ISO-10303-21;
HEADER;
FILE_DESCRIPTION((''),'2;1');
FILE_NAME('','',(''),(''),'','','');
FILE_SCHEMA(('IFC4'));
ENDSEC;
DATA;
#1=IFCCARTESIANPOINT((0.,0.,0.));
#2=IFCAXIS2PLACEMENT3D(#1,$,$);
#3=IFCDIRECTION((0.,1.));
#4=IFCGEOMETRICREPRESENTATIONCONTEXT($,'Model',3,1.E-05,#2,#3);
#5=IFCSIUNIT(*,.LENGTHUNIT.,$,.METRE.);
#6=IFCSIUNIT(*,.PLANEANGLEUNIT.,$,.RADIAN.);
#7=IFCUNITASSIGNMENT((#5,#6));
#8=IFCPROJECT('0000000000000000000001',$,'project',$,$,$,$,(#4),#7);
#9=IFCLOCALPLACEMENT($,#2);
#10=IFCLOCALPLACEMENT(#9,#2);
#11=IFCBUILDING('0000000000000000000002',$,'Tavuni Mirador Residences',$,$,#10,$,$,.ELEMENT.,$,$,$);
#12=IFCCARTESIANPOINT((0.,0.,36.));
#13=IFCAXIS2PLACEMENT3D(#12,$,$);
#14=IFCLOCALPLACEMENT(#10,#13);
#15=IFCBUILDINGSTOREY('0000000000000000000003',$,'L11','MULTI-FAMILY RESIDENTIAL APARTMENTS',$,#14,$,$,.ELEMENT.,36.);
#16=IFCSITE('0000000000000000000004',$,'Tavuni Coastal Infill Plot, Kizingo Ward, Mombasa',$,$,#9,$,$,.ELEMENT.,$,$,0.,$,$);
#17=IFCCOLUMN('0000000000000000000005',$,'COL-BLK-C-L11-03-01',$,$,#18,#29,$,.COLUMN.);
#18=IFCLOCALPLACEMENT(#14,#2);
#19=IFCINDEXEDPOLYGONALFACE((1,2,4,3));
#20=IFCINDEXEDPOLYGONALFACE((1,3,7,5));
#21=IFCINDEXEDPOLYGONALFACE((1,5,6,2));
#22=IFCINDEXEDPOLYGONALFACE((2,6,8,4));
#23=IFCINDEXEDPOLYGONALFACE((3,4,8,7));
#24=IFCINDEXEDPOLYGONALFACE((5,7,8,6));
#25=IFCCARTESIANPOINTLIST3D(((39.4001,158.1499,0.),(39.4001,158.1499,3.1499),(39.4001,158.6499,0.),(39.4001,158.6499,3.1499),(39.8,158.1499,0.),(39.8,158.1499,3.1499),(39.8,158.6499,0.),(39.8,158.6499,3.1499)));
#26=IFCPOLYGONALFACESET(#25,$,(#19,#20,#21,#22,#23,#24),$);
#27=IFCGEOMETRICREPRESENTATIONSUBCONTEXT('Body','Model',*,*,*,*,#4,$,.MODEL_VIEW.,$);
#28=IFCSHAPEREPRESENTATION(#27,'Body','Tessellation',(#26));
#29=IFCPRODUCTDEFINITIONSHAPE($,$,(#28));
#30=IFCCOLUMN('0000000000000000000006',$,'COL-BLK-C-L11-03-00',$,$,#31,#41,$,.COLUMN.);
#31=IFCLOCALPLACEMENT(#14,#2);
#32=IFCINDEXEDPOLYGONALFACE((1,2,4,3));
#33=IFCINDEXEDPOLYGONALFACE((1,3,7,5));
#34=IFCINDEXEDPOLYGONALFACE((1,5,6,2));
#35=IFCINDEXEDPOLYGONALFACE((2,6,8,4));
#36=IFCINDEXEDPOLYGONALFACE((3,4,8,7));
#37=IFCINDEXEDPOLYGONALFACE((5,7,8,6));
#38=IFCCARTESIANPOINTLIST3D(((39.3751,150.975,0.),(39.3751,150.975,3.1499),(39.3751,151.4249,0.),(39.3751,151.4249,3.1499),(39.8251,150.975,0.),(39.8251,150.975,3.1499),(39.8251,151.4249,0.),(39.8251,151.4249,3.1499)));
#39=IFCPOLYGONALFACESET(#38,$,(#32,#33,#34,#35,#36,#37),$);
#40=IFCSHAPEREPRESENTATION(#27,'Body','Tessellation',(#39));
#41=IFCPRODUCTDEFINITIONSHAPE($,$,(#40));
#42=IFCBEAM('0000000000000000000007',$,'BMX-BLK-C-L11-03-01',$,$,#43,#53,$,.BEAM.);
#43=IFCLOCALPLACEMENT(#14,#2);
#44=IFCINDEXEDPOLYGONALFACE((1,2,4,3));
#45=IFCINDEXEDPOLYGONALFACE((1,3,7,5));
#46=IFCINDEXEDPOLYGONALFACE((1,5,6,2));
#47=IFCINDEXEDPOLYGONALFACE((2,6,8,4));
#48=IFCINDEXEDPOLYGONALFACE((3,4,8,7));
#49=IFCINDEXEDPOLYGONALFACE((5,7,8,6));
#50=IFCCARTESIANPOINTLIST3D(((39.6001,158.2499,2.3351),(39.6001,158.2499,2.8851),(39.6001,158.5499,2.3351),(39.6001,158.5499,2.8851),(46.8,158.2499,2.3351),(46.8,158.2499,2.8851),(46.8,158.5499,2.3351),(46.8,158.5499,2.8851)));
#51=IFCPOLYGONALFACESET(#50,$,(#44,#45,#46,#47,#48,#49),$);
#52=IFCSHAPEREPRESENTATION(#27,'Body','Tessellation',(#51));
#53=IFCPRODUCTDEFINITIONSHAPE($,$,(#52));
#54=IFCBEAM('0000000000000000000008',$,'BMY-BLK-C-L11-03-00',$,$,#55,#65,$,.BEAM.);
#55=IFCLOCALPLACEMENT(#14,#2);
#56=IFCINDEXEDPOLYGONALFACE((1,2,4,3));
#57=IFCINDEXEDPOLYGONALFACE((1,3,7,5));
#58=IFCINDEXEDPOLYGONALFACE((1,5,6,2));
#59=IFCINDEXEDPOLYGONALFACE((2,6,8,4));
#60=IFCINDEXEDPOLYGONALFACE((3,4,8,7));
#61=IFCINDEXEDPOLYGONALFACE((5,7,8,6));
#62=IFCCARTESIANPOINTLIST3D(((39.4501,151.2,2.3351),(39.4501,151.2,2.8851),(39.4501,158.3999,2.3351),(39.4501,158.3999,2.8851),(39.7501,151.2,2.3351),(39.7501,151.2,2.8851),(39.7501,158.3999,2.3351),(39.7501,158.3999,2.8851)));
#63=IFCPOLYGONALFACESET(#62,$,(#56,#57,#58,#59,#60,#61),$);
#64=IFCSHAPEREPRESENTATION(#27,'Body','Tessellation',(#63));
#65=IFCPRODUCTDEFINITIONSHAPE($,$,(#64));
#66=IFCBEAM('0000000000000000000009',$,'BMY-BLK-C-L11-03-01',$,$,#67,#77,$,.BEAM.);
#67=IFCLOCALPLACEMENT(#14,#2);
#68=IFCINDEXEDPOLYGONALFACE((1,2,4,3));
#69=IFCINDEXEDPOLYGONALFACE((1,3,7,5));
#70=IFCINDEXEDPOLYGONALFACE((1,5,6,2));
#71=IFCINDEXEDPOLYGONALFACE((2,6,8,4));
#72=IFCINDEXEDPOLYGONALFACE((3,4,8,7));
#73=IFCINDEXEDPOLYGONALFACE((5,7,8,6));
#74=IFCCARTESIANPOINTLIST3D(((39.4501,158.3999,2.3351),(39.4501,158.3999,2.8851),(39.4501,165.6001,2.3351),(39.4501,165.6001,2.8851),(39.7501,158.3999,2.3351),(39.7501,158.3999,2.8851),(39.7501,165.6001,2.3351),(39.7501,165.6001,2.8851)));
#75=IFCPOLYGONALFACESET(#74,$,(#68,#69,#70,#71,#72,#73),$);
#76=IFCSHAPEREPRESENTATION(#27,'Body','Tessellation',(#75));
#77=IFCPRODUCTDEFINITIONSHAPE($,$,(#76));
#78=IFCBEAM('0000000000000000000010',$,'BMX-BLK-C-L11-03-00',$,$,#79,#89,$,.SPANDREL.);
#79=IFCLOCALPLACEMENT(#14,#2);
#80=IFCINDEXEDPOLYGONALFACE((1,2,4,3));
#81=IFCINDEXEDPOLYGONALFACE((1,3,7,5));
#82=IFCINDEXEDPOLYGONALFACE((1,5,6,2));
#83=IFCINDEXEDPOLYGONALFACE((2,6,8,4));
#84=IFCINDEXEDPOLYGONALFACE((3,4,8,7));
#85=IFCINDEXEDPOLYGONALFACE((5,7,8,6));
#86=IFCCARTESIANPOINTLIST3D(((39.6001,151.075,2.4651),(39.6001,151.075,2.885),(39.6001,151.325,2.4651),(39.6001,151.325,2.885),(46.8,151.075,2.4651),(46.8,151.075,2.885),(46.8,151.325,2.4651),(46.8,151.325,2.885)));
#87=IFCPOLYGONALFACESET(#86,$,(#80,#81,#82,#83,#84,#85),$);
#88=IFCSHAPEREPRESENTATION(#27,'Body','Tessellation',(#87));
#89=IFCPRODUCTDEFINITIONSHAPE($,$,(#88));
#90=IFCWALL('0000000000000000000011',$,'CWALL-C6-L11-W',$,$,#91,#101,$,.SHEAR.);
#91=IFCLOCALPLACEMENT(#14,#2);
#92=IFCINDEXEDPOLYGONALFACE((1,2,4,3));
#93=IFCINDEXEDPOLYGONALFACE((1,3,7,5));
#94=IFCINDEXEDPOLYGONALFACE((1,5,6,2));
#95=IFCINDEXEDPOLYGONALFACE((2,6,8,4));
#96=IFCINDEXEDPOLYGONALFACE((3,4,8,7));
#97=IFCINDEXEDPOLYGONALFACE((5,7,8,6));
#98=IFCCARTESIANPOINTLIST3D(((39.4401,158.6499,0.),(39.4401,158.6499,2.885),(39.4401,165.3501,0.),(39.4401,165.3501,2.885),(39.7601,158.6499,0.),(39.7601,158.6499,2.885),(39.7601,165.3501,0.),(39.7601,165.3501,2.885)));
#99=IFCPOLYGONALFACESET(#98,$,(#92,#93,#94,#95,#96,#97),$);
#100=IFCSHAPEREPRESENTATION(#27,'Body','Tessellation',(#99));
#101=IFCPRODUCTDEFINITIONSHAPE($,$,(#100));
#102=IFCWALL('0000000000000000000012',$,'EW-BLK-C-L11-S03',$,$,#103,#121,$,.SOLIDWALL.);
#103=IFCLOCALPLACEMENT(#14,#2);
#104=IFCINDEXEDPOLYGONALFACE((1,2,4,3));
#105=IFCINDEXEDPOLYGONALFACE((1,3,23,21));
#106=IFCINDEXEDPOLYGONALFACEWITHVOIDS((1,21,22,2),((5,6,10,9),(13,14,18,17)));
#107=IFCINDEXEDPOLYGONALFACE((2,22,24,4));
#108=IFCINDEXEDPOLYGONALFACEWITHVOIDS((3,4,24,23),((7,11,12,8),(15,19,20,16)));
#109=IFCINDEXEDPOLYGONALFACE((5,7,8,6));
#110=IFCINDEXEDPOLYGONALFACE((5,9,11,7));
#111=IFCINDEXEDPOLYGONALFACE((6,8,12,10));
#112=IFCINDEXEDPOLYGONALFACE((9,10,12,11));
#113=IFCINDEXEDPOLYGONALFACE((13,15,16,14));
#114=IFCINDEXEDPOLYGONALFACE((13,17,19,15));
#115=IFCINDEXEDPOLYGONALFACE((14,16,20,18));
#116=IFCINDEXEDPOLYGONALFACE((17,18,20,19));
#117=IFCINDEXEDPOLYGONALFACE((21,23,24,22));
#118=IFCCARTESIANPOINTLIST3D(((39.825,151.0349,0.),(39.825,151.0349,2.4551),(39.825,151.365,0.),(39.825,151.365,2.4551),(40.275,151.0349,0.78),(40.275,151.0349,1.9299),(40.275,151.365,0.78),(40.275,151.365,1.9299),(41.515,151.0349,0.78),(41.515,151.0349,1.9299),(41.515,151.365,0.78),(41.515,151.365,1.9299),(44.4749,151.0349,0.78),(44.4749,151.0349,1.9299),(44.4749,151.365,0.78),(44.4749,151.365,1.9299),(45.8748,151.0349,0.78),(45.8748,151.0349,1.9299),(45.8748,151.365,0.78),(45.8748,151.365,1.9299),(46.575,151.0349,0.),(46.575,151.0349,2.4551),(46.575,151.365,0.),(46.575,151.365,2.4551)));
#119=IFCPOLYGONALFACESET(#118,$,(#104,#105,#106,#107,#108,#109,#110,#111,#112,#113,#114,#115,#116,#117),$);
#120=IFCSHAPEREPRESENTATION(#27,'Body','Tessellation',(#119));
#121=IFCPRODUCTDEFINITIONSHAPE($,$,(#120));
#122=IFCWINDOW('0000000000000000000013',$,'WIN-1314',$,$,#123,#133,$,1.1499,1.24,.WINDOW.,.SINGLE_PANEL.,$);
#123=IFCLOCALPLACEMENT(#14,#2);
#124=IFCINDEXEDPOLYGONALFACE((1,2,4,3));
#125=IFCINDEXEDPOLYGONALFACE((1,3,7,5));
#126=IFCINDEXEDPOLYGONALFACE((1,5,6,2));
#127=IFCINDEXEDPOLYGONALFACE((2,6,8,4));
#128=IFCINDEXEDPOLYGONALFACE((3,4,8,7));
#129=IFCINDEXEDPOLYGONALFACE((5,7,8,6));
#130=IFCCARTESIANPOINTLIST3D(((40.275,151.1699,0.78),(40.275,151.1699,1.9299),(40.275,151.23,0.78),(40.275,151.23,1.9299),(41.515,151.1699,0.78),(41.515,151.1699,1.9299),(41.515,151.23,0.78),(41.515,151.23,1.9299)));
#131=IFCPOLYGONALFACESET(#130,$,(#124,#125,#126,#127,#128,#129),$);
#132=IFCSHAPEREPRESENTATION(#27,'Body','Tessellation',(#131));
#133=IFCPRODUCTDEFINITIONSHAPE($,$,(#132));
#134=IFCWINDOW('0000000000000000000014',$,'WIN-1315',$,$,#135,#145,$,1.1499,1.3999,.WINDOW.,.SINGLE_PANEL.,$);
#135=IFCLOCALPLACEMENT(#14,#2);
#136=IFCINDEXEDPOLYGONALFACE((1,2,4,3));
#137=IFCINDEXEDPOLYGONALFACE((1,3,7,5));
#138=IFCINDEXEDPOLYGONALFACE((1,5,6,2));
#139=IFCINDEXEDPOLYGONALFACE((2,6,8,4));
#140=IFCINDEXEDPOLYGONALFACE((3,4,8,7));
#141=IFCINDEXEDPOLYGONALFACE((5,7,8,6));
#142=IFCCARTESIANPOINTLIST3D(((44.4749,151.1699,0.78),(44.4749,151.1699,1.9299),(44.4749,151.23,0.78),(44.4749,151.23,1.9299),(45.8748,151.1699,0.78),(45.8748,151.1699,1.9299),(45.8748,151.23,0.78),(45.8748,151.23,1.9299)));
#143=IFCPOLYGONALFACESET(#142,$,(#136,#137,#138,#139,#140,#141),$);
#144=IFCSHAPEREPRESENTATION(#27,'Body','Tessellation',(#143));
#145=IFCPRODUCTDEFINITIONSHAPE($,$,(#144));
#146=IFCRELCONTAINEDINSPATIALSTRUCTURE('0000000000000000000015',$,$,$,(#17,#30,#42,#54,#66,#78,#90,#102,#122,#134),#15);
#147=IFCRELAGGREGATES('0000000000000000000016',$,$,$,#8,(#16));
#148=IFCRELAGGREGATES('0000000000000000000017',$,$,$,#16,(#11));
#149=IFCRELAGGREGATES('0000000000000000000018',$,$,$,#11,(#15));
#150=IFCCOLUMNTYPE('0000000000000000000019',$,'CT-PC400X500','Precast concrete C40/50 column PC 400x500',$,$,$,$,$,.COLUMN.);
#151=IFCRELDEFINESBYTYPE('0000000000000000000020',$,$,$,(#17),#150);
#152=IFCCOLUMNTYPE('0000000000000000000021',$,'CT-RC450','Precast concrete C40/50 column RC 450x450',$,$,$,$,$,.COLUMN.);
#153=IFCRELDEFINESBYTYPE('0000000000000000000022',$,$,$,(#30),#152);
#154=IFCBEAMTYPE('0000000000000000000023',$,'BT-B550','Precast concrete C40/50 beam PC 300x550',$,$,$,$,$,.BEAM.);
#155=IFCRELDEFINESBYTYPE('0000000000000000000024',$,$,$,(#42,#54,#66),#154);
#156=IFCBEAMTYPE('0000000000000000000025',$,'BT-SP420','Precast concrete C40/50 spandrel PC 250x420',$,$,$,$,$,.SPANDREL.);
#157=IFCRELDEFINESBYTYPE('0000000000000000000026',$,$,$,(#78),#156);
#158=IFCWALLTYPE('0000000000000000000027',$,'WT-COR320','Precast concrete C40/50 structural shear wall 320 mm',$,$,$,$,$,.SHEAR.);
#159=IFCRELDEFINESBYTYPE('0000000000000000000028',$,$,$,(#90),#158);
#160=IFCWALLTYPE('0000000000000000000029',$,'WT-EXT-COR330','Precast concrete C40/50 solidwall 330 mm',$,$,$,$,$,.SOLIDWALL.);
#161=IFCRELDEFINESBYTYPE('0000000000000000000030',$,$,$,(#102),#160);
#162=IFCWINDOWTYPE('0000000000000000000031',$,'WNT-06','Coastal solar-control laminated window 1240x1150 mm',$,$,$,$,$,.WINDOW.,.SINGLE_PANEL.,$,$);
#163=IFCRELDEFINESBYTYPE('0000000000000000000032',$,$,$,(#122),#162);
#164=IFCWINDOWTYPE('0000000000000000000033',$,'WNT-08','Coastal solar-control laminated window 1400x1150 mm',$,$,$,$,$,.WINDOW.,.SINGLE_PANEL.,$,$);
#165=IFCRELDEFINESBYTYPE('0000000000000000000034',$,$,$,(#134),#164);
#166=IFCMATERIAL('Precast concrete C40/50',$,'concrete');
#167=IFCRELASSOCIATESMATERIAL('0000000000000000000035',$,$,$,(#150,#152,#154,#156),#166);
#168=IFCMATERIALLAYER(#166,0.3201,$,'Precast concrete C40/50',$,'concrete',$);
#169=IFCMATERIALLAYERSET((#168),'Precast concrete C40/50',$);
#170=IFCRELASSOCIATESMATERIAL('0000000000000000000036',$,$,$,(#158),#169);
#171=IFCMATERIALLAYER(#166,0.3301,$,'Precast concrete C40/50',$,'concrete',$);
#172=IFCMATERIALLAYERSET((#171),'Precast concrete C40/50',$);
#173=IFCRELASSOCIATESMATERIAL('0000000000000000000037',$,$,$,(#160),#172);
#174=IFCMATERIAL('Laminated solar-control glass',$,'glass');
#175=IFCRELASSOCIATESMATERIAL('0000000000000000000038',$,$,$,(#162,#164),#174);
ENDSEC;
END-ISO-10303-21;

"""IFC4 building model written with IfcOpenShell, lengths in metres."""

from ifc_helpers import new_model, si_unit, direction, frame, frame_2d, origin, origin_2d, place, context, subcontext, project, spatial, rectangle, extrude, material, layer, layer_set, material_profile, profile_set, type_object, element, fill, save


model = new_model("IFC4")

# Units and contexts
model_context = context("Model", 3, precision=1e-05, world=origin(), true_north=direction((0.0, 1.0)))
body_context = subcontext(model_context, "Body", "Model", "MODEL_VIEW")
ifc_project = project(units=[si_unit("LENGTHUNIT", "METRE"), si_unit("PLANEANGLEUNIT", "RADIAN")], contexts=[model_context])

# Site, building, storey
site_placement = place(None, origin())
site = spatial("IfcSite", under=ifc_project, at=site_placement, Name="Tavuni Coastal Infill Plot, Kizingo Ward, Mombasa", CompositionType="ELEMENT", RefElevation=0.0)
building_placement = place(site_placement, origin())
building = spatial("IfcBuilding", under=site, at=building_placement, Name="Tavuni Mirador Residences", CompositionType="ELEMENT")
storey_placement = place(building_placement, frame((0.0, 0.0, 36.0)))
storey = spatial("IfcBuildingStorey", under=building, at=storey_placement, Name="L11", Description="MULTI-FAMILY RESIDENTIAL APARTMENTS", CompositionType="ELEMENT", Elevation=36.0)

# Columns
ifc_material_1 = material(Name="Precast concrete C40/50", Category="concrete")
ifc_material_profile_1 = material_profile(ifc_material_1, rectangle(XDim=0.3999, YDim=0.5, at=origin_2d()), Name="PC 400x500", Category="concrete")
ifc_profile_set_1 = profile_set([ifc_material_profile_1], Name="Precast concrete C40/50")
column_type_1 = type_object("IfcColumnType", Name="CT-PC400X500", Description="Precast concrete C40/50 column PC 400x500", PredefinedType="COLUMN", material=ifc_profile_set_1)
column_1_placement = place(storey_placement, frame((39.6001, 158.3999, 0.0), z_axis=(0.0, 0.0, 1.0), x_axis=(1.0, 0.0, 0.0)))
element("IfcColumn", 1, at=column_1_placement, inside=storey, type_object=column_type_1, Name="COL-BLK-C-L11-03-01", PredefinedType="COLUMN", context=body_context, shape_type="SweptSolid", body=[
    extrude(rectangle(XDim=0.3999, YDim=0.5, at=origin_2d()), origin(), (0.0, 0.0, 1.0), 3.1499),
])
ifc_material_profile_2 = material_profile(ifc_material_1, rectangle(XDim=0.45, YDim=0.45, at=origin_2d()), Name="RC 450x450", Category="concrete")
ifc_profile_set_2 = profile_set([ifc_material_profile_2], Name="Precast concrete C40/50")
column_type_2 = type_object("IfcColumnType", Name="CT-RC450", Description="Precast concrete C40/50 column RC 450x450", PredefinedType="COLUMN", material=ifc_profile_set_2)
column_2_placement = place(storey_placement, frame((39.6001, 151.2, 0.0), z_axis=(0.0, 0.0, 1.0), x_axis=(1.0, 0.0, 0.0)))
element("IfcColumn", 2, at=column_2_placement, inside=storey, type_object=column_type_2, Name="COL-BLK-C-L11-03-00", PredefinedType="COLUMN", context=body_context, shape_type="SweptSolid", body=[
    extrude(rectangle(XDim=0.45, YDim=0.45, at=origin_2d()), origin(), (0.0, 0.0, 1.0), 3.1499),
])

# Beams
ifc_material_profile_3 = material_profile(ifc_material_1, rectangle(XDim=0.3, YDim=0.55, at=origin_2d()), Name="PC 300x550", Category="concrete")
ifc_profile_set_3 = profile_set([ifc_material_profile_3], Name="Precast concrete C40/50")
beam_type_1 = type_object("IfcBeamType", Name="BT-B550", Description="Precast concrete C40/50 beam PC 300x550", PredefinedType="BEAM", material=ifc_profile_set_3)
for number, where, z_axis, x_axis, name in (
    (3, (39.6001, 158.3999, 2.6101), (1.0, 0.0, 0.0), (0.0, 1.0, 0.0), "BMX-BLK-C-L11-03-01"),
    (4, (39.6001, 151.2, 2.6101), (0.0, 1.0, 0.0), (-1.0, 0.0, 0.0), "BMY-BLK-C-L11-03-00"),
):
    element("IfcBeam", number, at=place(storey_placement, frame(where, z_axis=z_axis, x_axis=x_axis)), inside=storey, type_object=beam_type_1, Name=name, PredefinedType="BEAM", context=body_context, shape_type="SweptSolid", body=[
        extrude(rectangle(XDim=0.3, YDim=0.55, at=origin_2d()), origin(), (0.0, 0.0, 1.0), 7.2),
    ])
beam_1_placement = place(storey_placement, frame((39.6001, 158.3999, 2.6101), z_axis=(0.0, 1.0, 0.0), x_axis=(-1.0, 0.0, 0.0)))
element("IfcBeam", 5, at=beam_1_placement, inside=storey, type_object=beam_type_1, Name="BMY-BLK-C-L11-03-01", PredefinedType="BEAM", context=body_context, shape_type="SweptSolid", body=[
    extrude(rectangle(XDim=0.3, YDim=0.55, at=origin_2d()), origin(), (0.0, 0.0, 1.0), 7.2002),
])
ifc_material_profile_4 = material_profile(ifc_material_1, rectangle(XDim=0.25, YDim=0.4199, at=origin_2d()), Name="PC 250x420", Category="concrete")
ifc_profile_set_4 = profile_set([ifc_material_profile_4], Name="Precast concrete C40/50")
beam_type_2 = type_object("IfcBeamType", Name="BT-SP420", Description="Precast concrete C40/50 spandrel PC 250x420", PredefinedType="SPANDREL", material=ifc_profile_set_4)
beam_2_placement = place(storey_placement, frame((39.6001, 151.2, 2.675), z_axis=(1.0, 0.0, 0.0), x_axis=(0.0, 1.0, 0.0)))
element("IfcBeam", 6, at=beam_2_placement, inside=storey, type_object=beam_type_2, Name="BMX-BLK-C-L11-03-00", PredefinedType="SPANDREL", context=body_context, shape_type="SweptSolid", body=[
    extrude(rectangle(XDim=0.25, YDim=0.4199, at=origin_2d()), origin(), (0.0, 0.0, 1.0), 7.2),
])

# Wall
ifc_layer_1 = layer(ifc_material_1, 0.3201, Name="Precast concrete C40/50", Category="concrete")
ifc_layer_set_1 = layer_set([ifc_layer_1], Name="Precast concrete C40/50")
wall_type_1 = type_object("IfcWallType", Name="WT-COR320", Description="Precast concrete C40/50 structural shear wall 320 mm", PredefinedType="SHEAR", material=ifc_layer_set_1)
wall_1_placement = place(storey_placement, frame((39.6001, 158.6499, 0.0), z_axis=(0.0, 0.0, 1.0), x_axis=(0.0, 1.0, 0.0)))
element("IfcWall", 7, at=wall_1_placement, inside=storey, type_object=wall_type_1, Name="CWALL-C6-L11-W", PredefinedType="SHEAR", context=body_context, shape_type="SweptSolid", body=[
    extrude(rectangle(XDim=6.7002, YDim=0.3201, at=frame_2d((3.3501, 0.0))), origin(), (0.0, 0.0, 1.0), 2.885),
])

# Wall, openings, windows
ifc_layer_2 = layer(ifc_material_1, 0.3301, Name="Precast concrete C40/50", Category="concrete")
ifc_layer_set_2 = layer_set([ifc_layer_2], Name="Precast concrete C40/50")
wall_type_2 = type_object("IfcWallType", Name="WT-EXT-COR330", Description="Precast concrete C40/50 solidwall 330 mm", PredefinedType="SOLIDWALL", material=ifc_layer_set_2)
wall_2_placement = place(storey_placement, frame((39.825, 151.2, 0.0), z_axis=(0.0, 0.0, 1.0), x_axis=(1.0, 0.0, 0.0)))
wall_2 = element("IfcWall", 8, at=wall_2_placement, inside=storey, type_object=wall_type_2, Name="EW-BLK-C-L11-S03", PredefinedType="SOLIDWALL", context=body_context, shape_type="SweptSolid", body=[
    extrude(rectangle(XDim=6.75, YDim=0.3301, at=frame_2d((3.375, 0.0))), origin(), (0.0, 0.0, 1.0), 2.4551),
])
opening_1_placement = place(wall_2_placement, frame((0.45, 0.0, 0.78)))
opening_1 = element("IfcOpeningElement", 9, at=opening_1_placement, cuts=wall_2, PredefinedType="OPENING", context=body_context, shape_type="SweptSolid", body=[
    extrude(rectangle(XDim=1.24, YDim=1.1499, at=frame_2d((0.6201, 0.575))), frame((0.0, 0.175, 0.0), z_axis=(0.0, -1.0, 0.0), x_axis=(1.0, 0.0, 0.0)), (0.0, 0.0, 1.0), 0.3501),
])
opening_2_placement = place(wall_2_placement, frame((4.6499, 0.0, 0.78)))
opening_2 = element("IfcOpeningElement", 10, at=opening_2_placement, cuts=wall_2, PredefinedType="OPENING", context=body_context, shape_type="SweptSolid", body=[
    extrude(rectangle(XDim=1.3999, YDim=1.1499, at=frame_2d((0.7, 0.575))), frame((0.0, 0.175, 0.0), z_axis=(0.0, -1.0, 0.0), x_axis=(1.0, 0.0, 0.0)), (0.0, 0.0, 1.0), 0.3501),
])
ifc_material_2 = material(Name="Laminated solar-control glass", Category="glass")
window_type_1 = type_object("IfcWindowType", Name="WNT-06", Description="Coastal solar-control laminated window 1240x1150 mm", PartitioningType="SINGLE_PANEL", PredefinedType="WINDOW", material=ifc_material_2)
window_1_placement = place(opening_1_placement, origin())
window_1 = element("IfcWindow", 11, at=window_1_placement, inside=storey, type_object=window_type_1, Name="WIN-1314", OverallHeight=1.1499, OverallWidth=1.24, PartitioningType="SINGLE_PANEL", PredefinedType="WINDOW", context=body_context, shape_type="SweptSolid", body=[
    extrude(rectangle(XDim=1.24, YDim=1.1499, at=frame_2d((0.6201, 0.575))), frame((0.0, 0.03, 0.0), z_axis=(0.0, -1.0, 0.0), x_axis=(1.0, 0.0, 0.0)), (0.0, 0.0, 1.0), 0.0601),
])
fill(opening_1, window_1)
window_type_2 = type_object("IfcWindowType", Name="WNT-08", Description="Coastal solar-control laminated window 1400x1150 mm", PartitioningType="SINGLE_PANEL", PredefinedType="WINDOW", material=ifc_material_2)
window_2_placement = place(opening_2_placement, origin())
window_2 = element("IfcWindow", 12, at=window_2_placement, inside=storey, type_object=window_type_2, Name="WIN-1315", OverallHeight=1.1499, OverallWidth=1.3999, PartitioningType="SINGLE_PANEL", PredefinedType="WINDOW", context=body_context, shape_type="SweptSolid", body=[
    extrude(rectangle(XDim=1.3999, YDim=1.1499, at=frame_2d((0.7, 0.575))), frame((0.0, 0.03, 0.0), z_axis=(0.0, -1.0, 0.0), x_axis=(1.0, 0.0, 0.0)), (0.0, 0.0, 1.0), 0.0601),
])
fill(opening_2, window_2)

save(model, "model.ifc")
